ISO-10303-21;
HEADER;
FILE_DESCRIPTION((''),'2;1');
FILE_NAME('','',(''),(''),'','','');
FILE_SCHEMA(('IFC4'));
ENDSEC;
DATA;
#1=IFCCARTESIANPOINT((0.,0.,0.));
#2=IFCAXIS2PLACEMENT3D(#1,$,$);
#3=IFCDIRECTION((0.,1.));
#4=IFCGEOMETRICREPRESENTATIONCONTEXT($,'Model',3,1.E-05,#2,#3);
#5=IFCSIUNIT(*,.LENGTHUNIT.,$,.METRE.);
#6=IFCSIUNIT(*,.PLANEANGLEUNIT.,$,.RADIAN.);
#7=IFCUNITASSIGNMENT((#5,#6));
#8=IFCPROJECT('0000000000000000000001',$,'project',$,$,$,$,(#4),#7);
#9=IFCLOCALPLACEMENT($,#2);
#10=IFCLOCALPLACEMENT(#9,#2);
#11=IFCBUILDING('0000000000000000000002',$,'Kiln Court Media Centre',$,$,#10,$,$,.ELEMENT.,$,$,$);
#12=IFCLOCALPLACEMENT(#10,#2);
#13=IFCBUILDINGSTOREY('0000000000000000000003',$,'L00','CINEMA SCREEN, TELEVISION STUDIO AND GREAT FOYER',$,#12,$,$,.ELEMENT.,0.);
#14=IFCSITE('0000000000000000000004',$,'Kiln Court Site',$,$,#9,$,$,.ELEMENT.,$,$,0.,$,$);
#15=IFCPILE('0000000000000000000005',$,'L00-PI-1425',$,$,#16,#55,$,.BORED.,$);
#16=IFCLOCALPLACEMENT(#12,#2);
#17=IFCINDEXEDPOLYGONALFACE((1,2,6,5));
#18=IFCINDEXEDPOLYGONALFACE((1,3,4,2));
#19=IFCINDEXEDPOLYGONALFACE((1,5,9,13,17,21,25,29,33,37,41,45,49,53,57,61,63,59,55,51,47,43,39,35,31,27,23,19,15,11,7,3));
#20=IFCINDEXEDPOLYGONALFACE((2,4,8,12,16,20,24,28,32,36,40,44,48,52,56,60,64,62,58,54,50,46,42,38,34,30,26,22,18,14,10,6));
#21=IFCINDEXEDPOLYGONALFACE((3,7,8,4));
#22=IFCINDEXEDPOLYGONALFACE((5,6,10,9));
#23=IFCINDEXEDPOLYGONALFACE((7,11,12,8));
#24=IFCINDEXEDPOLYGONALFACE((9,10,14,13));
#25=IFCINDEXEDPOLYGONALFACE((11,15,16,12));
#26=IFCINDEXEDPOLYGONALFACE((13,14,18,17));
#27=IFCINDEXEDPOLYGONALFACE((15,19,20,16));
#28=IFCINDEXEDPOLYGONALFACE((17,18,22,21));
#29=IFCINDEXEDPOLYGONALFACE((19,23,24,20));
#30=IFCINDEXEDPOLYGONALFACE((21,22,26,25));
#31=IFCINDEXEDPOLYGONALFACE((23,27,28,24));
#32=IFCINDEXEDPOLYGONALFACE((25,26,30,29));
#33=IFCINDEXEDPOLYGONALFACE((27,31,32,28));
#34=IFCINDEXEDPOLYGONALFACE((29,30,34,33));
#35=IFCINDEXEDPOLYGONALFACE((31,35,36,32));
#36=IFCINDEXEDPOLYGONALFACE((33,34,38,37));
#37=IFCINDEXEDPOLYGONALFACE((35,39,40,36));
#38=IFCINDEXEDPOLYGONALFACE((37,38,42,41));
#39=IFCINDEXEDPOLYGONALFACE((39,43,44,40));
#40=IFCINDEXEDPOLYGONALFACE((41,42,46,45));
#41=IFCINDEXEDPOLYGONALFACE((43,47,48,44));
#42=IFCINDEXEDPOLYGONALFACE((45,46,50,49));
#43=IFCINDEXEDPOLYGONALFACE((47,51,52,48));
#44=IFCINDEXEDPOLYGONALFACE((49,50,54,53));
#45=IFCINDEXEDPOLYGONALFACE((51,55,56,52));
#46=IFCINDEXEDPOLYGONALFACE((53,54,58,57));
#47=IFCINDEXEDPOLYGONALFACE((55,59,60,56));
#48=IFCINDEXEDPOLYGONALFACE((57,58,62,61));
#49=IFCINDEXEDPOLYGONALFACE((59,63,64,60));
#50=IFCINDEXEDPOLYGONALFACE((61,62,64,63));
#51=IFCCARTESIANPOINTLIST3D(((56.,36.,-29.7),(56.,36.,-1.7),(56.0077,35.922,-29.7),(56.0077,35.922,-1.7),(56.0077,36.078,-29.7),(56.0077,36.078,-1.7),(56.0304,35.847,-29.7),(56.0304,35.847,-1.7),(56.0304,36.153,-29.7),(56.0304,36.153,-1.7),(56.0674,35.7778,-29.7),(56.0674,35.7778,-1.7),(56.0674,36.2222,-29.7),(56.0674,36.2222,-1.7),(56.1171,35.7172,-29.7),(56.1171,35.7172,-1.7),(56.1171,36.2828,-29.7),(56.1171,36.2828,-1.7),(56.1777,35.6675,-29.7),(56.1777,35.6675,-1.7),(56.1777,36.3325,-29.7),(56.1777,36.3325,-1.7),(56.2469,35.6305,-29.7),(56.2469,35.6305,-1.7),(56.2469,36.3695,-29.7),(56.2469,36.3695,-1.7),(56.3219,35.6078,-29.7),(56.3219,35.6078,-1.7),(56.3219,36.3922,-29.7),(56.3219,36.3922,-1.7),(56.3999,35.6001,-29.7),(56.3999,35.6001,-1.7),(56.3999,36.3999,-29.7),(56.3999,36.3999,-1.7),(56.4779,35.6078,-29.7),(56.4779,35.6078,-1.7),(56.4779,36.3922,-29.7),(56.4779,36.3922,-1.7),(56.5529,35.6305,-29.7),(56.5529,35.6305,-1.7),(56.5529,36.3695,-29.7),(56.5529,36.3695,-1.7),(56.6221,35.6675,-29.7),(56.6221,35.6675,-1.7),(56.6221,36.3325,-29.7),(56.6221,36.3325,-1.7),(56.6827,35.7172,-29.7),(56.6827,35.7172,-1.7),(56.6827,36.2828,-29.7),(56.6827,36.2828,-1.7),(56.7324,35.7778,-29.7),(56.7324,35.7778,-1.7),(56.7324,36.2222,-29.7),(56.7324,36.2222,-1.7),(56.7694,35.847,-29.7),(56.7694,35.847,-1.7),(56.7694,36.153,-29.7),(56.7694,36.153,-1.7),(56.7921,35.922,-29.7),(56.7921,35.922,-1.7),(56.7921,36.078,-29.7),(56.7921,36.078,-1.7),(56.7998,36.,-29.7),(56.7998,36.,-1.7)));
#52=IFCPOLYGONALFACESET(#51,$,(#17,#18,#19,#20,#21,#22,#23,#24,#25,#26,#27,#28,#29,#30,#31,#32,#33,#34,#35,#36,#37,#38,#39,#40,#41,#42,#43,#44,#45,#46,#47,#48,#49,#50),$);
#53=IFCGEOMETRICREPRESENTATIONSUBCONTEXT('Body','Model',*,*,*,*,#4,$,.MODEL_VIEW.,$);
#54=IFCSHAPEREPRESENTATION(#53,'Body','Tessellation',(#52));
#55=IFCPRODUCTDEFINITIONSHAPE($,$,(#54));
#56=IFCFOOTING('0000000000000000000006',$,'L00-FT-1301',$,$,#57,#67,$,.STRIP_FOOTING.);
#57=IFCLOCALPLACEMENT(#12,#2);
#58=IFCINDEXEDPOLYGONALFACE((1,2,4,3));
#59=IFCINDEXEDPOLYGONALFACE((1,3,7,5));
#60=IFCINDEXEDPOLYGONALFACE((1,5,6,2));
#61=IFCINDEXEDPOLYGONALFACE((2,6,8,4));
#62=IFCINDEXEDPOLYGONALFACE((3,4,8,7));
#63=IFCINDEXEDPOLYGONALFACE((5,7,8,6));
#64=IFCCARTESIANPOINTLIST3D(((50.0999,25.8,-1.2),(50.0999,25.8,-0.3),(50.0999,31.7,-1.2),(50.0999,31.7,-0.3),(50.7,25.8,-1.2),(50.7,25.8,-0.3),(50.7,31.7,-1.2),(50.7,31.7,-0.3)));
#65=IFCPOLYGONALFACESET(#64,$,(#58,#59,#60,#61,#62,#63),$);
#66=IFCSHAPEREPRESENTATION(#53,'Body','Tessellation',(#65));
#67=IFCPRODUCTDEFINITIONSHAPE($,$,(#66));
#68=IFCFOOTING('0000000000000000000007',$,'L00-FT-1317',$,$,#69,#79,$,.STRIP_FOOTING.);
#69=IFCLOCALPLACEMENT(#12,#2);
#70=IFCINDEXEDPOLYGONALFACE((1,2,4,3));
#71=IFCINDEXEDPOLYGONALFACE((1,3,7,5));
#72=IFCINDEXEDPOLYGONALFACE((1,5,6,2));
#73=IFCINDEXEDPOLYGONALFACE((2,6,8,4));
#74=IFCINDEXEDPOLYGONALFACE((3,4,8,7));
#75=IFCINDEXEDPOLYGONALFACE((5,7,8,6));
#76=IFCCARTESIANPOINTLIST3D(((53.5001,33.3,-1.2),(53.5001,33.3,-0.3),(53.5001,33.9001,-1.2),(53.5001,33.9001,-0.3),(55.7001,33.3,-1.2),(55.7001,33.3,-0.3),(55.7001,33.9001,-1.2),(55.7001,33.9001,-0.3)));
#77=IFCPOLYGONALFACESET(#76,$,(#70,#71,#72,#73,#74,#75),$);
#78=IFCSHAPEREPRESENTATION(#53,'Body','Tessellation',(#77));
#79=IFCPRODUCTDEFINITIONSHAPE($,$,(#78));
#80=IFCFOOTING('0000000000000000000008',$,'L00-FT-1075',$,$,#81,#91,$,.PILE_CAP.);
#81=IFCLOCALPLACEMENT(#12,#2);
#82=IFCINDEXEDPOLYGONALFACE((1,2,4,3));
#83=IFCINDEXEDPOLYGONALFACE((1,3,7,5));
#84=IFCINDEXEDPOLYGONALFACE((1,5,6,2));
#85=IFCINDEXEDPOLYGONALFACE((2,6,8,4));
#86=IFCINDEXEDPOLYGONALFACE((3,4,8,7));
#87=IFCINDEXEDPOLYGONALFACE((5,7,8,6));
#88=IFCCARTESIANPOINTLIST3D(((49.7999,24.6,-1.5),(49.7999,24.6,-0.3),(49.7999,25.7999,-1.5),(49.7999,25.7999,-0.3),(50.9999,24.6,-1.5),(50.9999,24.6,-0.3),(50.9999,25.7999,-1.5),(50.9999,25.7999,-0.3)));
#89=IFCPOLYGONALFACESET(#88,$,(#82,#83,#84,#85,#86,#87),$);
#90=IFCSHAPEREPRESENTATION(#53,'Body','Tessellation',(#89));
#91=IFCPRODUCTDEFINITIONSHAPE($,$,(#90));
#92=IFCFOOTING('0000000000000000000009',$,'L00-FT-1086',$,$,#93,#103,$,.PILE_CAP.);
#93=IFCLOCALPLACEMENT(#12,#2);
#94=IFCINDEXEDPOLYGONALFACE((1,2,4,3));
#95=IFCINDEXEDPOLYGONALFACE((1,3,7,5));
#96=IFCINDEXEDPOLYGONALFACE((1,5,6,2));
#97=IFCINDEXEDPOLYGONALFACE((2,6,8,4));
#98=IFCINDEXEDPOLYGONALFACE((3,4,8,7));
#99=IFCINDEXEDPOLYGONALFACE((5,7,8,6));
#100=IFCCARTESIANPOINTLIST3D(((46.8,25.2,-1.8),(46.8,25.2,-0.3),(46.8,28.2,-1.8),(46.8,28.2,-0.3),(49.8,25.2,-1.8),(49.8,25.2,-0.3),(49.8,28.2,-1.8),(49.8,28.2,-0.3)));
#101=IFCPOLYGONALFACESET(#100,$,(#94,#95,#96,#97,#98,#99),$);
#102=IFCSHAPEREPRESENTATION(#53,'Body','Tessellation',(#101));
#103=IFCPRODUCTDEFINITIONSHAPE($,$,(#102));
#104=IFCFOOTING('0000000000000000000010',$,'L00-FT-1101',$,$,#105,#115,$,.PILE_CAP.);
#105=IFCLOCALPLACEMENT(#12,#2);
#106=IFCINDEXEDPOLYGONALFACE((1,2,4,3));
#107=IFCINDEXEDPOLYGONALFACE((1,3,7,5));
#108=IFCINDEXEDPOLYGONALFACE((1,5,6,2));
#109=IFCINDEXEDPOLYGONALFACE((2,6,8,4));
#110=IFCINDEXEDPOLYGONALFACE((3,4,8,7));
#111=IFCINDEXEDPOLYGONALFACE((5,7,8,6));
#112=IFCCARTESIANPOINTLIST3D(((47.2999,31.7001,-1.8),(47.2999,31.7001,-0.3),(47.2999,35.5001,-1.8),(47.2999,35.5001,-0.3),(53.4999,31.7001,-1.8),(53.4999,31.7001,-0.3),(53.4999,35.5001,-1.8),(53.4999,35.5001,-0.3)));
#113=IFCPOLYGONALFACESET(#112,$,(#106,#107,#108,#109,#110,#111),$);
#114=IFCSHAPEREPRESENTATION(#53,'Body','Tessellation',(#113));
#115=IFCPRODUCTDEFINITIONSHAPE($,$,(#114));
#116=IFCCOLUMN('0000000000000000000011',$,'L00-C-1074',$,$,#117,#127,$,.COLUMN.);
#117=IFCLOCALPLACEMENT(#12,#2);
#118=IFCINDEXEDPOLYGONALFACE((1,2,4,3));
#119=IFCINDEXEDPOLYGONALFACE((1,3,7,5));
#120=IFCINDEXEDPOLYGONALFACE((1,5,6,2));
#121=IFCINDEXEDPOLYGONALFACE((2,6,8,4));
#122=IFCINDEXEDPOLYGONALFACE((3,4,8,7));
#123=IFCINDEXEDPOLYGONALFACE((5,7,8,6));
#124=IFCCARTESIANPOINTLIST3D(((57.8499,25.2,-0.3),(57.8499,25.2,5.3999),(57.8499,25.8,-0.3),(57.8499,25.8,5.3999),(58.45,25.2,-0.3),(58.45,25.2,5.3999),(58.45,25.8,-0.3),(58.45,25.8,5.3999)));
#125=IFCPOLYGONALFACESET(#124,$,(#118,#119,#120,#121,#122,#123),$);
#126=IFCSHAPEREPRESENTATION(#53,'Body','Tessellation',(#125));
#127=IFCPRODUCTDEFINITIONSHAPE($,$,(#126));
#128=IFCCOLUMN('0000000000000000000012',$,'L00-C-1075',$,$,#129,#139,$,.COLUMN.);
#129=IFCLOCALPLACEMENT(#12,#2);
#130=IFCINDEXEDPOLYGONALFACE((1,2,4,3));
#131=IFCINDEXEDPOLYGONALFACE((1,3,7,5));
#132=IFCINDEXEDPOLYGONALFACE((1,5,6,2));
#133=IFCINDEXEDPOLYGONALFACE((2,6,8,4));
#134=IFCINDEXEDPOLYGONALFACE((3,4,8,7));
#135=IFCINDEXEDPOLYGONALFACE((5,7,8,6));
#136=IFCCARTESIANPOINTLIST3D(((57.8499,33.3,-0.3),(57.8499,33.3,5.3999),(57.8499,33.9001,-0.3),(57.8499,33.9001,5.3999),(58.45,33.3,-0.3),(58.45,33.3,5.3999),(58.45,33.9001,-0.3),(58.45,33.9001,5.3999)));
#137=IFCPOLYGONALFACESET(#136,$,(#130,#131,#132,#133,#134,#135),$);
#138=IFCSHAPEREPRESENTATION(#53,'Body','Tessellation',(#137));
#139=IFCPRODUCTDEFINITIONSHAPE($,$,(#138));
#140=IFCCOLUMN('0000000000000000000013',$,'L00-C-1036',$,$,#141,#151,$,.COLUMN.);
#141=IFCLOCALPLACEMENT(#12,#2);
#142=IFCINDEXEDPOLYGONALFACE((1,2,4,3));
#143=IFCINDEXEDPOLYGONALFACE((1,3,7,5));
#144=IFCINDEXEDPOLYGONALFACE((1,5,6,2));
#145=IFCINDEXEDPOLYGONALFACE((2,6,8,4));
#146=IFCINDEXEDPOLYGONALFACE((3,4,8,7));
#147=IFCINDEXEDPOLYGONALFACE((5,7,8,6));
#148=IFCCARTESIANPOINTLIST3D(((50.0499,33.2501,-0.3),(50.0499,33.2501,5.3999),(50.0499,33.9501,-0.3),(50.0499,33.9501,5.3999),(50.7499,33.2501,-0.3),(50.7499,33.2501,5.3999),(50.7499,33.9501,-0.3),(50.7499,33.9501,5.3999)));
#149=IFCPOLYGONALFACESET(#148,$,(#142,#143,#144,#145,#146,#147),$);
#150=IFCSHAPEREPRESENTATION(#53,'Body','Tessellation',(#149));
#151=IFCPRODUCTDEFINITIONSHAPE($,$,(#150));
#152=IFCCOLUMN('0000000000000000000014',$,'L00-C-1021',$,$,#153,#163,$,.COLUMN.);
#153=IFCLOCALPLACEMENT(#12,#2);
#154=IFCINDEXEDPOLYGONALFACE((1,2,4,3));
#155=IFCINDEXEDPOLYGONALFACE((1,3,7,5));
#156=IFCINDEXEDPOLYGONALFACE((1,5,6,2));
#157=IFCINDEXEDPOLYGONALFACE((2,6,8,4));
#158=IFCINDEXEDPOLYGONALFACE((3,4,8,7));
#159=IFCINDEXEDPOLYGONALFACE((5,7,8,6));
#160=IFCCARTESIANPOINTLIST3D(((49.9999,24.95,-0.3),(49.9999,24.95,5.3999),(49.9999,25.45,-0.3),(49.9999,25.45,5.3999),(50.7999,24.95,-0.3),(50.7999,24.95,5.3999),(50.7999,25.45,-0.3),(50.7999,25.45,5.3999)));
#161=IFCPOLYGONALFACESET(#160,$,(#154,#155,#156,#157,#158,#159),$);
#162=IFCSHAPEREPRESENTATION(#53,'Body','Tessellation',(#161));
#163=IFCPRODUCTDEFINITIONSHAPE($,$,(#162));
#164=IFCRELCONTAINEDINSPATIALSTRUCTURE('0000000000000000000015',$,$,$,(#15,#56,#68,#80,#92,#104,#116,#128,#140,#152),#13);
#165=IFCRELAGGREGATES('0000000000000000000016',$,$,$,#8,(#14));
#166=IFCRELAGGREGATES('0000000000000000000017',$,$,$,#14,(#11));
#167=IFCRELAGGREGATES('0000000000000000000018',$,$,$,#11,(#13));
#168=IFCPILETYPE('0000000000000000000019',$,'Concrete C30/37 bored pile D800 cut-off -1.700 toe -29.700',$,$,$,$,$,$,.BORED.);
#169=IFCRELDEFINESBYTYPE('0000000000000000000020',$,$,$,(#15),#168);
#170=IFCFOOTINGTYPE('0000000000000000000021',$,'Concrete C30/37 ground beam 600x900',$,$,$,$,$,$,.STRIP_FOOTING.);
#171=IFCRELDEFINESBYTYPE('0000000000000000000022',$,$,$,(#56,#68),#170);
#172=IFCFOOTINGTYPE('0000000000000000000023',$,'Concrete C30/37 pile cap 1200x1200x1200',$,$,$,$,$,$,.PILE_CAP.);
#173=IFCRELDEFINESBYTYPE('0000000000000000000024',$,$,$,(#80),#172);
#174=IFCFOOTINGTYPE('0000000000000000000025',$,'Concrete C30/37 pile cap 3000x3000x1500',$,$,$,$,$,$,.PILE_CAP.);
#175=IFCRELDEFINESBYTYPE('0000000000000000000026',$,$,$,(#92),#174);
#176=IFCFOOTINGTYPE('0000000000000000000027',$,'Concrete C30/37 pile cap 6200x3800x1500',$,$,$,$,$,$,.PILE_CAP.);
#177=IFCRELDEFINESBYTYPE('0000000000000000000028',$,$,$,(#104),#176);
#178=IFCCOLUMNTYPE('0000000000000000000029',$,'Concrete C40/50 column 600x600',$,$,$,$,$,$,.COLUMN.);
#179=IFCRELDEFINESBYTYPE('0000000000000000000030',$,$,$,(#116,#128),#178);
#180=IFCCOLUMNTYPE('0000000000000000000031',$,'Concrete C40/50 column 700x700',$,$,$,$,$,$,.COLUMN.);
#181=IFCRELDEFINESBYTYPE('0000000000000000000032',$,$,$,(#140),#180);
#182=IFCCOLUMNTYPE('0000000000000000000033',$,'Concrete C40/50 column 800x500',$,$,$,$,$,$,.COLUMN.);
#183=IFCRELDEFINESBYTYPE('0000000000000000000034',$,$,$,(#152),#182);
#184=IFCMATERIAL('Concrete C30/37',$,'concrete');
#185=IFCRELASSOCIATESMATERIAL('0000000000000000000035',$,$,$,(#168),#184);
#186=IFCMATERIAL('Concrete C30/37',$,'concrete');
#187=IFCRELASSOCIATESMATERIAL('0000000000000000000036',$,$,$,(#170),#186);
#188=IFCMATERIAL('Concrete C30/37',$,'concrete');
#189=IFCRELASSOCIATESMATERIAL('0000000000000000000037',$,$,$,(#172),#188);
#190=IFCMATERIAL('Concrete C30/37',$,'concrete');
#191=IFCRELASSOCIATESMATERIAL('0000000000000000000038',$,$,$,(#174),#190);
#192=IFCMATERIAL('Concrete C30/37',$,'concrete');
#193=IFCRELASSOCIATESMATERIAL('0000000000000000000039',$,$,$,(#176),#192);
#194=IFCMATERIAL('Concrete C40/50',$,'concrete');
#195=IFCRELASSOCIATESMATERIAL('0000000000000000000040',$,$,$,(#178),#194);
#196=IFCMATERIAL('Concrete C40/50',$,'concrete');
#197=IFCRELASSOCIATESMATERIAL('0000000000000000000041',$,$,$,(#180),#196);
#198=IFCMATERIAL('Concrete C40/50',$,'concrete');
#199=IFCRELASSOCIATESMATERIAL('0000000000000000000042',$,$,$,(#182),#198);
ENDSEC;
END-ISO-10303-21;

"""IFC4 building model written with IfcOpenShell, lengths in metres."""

from ifc_helpers import new_model, si_unit, direction, frame, origin, origin_2d, place, context, subcontext, project, spatial, rectangle, circle, extrude, material, material_profile, profile_set, type_object, element, save


model = new_model("IFC4")

# Units and contexts
model_context = context("Model", 3, precision=1e-05, world=origin(), true_north=direction((0.0, 1.0)))
body_context = subcontext(model_context, "Body", "Model", "MODEL_VIEW")
ifc_project = project(units=[si_unit("LENGTHUNIT", "METRE"), si_unit("PLANEANGLEUNIT", "RADIAN")], contexts=[model_context])

# Site, building, storey
site_placement = place(None, origin())
site = spatial("IfcSite", under=ifc_project, at=site_placement, Name="Kiln Court Site", CompositionType="ELEMENT", RefElevation=0.0)
building_placement = place(site_placement, origin())
building = spatial("IfcBuilding", under=site, at=building_placement, Name="Kiln Court Media Centre", CompositionType="ELEMENT")
storey_placement = place(building_placement, origin())
storey = spatial("IfcBuildingStorey", under=building, at=storey_placement, Name="L00", Description="CINEMA SCREEN, TELEVISION STUDIO AND GREAT FOYER", CompositionType="ELEMENT", Elevation=0.0)

# Pile
ifc_material_1 = material(Name="Concrete C30/37", Category="concrete")
ifc_material_profile_1 = material_profile(ifc_material_1, circle(Radius=0.3999, at=origin_2d()), Name="PILE D800")
ifc_profile_set_1 = profile_set([ifc_material_profile_1], Name="Concrete C30/37")
pile_type_1 = type_object("IfcPileType", Name="Concrete C30/37 bored pile D800 cut-off -1.700 toe -29.700", PredefinedType="BORED", material=ifc_profile_set_1)
for number, where, z_axis, x_axis, name in (
    (1, (56.3999, 36.0, -1.7), (0.0, 0.0, -1.0), (1.0, 0.0, 0.0), "L00-PI-1425"),
):
    element("IfcPile", number, at=place(storey_placement, frame(where, z_axis=z_axis, x_axis=x_axis)), inside=storey, type_object=pile_type_1, Name=name, PredefinedType="BORED", context=body_context, shape_type="SweptSolid", body=[
        extrude(circle(Radius=0.3999, at=origin_2d()), origin(), (0.0, 0.0, 1.0), 28.0),
    ])

# Footings
ifc_material_2 = material(Name="Concrete C30/37", Category="concrete")
footing_type_1 = type_object("IfcFootingType", Name="Concrete C30/37 ground beam 600x900", PredefinedType="STRIP_FOOTING", material=ifc_material_2)
footing_1_placement = place(storey_placement, frame((50.3999, 28.75, -1.2), z_axis=(0.0, 0.0, 1.0), x_axis=(1.0, 0.0, 0.0)))
element("IfcFooting", 2, at=footing_1_placement, inside=storey, type_object=footing_type_1, Name="L00-FT-1301", PredefinedType="STRIP_FOOTING", context=body_context, shape_type="SweptSolid", body=[
    extrude(rectangle(XDim=0.6001, YDim=5.8999, at=origin_2d()), origin(), (0.0, 0.0, 1.0), 0.8999),
])
footing_2_placement = place(storey_placement, frame((54.6001, 33.6001, -1.2), z_axis=(0.0, 0.0, 1.0), x_axis=(1.0, 0.0, 0.0)))
element("IfcFooting", 3, at=footing_2_placement, inside=storey, type_object=footing_type_1, Name="L00-FT-1317", PredefinedType="STRIP_FOOTING", context=body_context, shape_type="SweptSolid", body=[
    extrude(rectangle(XDim=2.2, YDim=0.6001, at=origin_2d()), origin(), (0.0, 0.0, 1.0), 0.8999),
])
ifc_material_3 = material(Name="Concrete C30/37", Category="concrete")
footing_type_2 = type_object("IfcFootingType", Name="Concrete C30/37 pile cap 1200x1200x1200", PredefinedType="PILE_CAP", material=ifc_material_3)
footing_3_placement = place(storey_placement, frame((50.3999, 25.2, -1.5), z_axis=(0.0, 0.0, 1.0), x_axis=(1.0, 0.0, 0.0)))
element("IfcFooting", 4, at=footing_3_placement, inside=storey, type_object=footing_type_2, Name="L00-FT-1075", PredefinedType="PILE_CAP", context=body_context, shape_type="SweptSolid", body=[
    extrude(rectangle(XDim=1.2, YDim=1.2, at=origin_2d()), origin(), (0.0, 0.0, 1.0), 1.2),
])
ifc_material_4 = material(Name="Concrete C30/37", Category="concrete")
footing_type_3 = type_object("IfcFootingType", Name="Concrete C30/37 pile cap 3000x3000x1500", PredefinedType="PILE_CAP", material=ifc_material_4)
footing_4_placement = place(storey_placement, frame((48.3, 26.7, -1.8), z_axis=(0.0, 0.0, 1.0), x_axis=(1.0, 0.0, 0.0)))
element("IfcFooting", 5, at=footing_4_placement, inside=storey, type_object=footing_type_3, Name="L00-FT-1086", PredefinedType="PILE_CAP", context=body_context, shape_type="SweptSolid", body=[
    extrude(rectangle(XDim=3.0, YDim=3.0, at=origin_2d()), origin(), (0.0, 0.0, 1.0), 1.5),
])
ifc_material_5 = material(Name="Concrete C30/37", Category="concrete")
footing_type_4 = type_object("IfcFootingType", Name="Concrete C30/37 pile cap 6200x3800x1500", PredefinedType="PILE_CAP", material=ifc_material_5)
footing_5_placement = place(storey_placement, frame((50.3999, 33.6001, -1.8), z_axis=(0.0, 0.0, 1.0), x_axis=(1.0, 0.0, 0.0)))
element("IfcFooting", 6, at=footing_5_placement, inside=storey, type_object=footing_type_4, Name="L00-FT-1101", PredefinedType="PILE_CAP", context=body_context, shape_type="SweptSolid", body=[
    extrude(rectangle(XDim=6.2, YDim=3.8, at=origin_2d()), origin(), (0.0, 0.0, 1.0), 1.5),
])

# Columns
ifc_material_6 = material(Name="Concrete C40/50", Category="concrete")
ifc_material_profile_2 = material_profile(ifc_material_6, rectangle(XDim=0.6001, YDim=0.6001, at=origin_2d()), Name="RC 600x600")
ifc_profile_set_2 = profile_set([ifc_material_profile_2], Name="Concrete C40/50")
column_type_1 = type_object("IfcColumnType", Name="Concrete C40/50 column 600x600", PredefinedType="COLUMN", material=ifc_profile_set_2)
for number, where, z_axis, x_axis, name in (
    (7, (58.1499, 25.5, -0.3), (0.0, 0.0, 1.0), (1.0, 0.0, 0.0), "L00-C-1074"),
    (8, (58.1499, 33.6001, -0.3), (0.0, 0.0, 1.0), (1.0, 0.0, 0.0), "L00-C-1075"),
):
    element("IfcColumn", number, at=place(storey_placement, frame(where, z_axis=z_axis, x_axis=x_axis)), inside=storey, type_object=column_type_1, Name=name, PredefinedType="COLUMN", context=body_context, shape_type="SweptSolid", body=[
        extrude(rectangle(XDim=0.6001, YDim=0.6001, at=origin_2d()), origin(), (0.0, 0.0, 1.0), 5.7),
    ])
ifc_material_7 = material(Name="Concrete C40/50", Category="concrete")
ifc_material_profile_3 = material_profile(ifc_material_7, rectangle(XDim=0.7, YDim=0.7, at=origin_2d()), Name="RC 700x700")
ifc_profile_set_3 = profile_set([ifc_material_profile_3], Name="Concrete C40/50")
column_type_2 = type_object("IfcColumnType", Name="Concrete C40/50 column 700x700", PredefinedType="COLUMN", material=ifc_profile_set_3)
column_1_placement = place(storey_placement, frame((50.3999, 33.6001, -0.3), z_axis=(0.0, 0.0, 1.0), x_axis=(1.0, 0.0, 0.0)))
element("IfcColumn", 9, at=column_1_placement, inside=storey, type_object=column_type_2, Name="L00-C-1036", PredefinedType="COLUMN", context=body_context, shape_type="SweptSolid", body=[
    extrude(rectangle(XDim=0.7, YDim=0.7, at=origin_2d()), origin(), (0.0, 0.0, 1.0), 5.7),
])
ifc_material_8 = material(Name="Concrete C40/50", Category="concrete")
ifc_material_profile_4 = material_profile(ifc_material_8, rectangle(XDim=0.8, YDim=0.5, at=origin_2d()), Name="RC 800x500")
ifc_profile_set_4 = profile_set([ifc_material_profile_4], Name="Concrete C40/50")
column_type_3 = type_object("IfcColumnType", Name="Concrete C40/50 column 800x500", PredefinedType="COLUMN", material=ifc_profile_set_4)
column_2_placement = place(storey_placement, frame((50.3999, 25.2, -0.3), z_axis=(0.0, 0.0, 1.0), x_axis=(1.0, 0.0, 0.0)))
element("IfcColumn", 10, at=column_2_placement, inside=storey, type_object=column_type_3, Name="L00-C-1021", PredefinedType="COLUMN", context=body_context, shape_type="SweptSolid", body=[
    extrude(rectangle(XDim=0.8, YDim=0.5, at=origin_2d()), origin(), (0.0, 0.0, 1.0), 5.7),
])

save(model, "model.ifc")
